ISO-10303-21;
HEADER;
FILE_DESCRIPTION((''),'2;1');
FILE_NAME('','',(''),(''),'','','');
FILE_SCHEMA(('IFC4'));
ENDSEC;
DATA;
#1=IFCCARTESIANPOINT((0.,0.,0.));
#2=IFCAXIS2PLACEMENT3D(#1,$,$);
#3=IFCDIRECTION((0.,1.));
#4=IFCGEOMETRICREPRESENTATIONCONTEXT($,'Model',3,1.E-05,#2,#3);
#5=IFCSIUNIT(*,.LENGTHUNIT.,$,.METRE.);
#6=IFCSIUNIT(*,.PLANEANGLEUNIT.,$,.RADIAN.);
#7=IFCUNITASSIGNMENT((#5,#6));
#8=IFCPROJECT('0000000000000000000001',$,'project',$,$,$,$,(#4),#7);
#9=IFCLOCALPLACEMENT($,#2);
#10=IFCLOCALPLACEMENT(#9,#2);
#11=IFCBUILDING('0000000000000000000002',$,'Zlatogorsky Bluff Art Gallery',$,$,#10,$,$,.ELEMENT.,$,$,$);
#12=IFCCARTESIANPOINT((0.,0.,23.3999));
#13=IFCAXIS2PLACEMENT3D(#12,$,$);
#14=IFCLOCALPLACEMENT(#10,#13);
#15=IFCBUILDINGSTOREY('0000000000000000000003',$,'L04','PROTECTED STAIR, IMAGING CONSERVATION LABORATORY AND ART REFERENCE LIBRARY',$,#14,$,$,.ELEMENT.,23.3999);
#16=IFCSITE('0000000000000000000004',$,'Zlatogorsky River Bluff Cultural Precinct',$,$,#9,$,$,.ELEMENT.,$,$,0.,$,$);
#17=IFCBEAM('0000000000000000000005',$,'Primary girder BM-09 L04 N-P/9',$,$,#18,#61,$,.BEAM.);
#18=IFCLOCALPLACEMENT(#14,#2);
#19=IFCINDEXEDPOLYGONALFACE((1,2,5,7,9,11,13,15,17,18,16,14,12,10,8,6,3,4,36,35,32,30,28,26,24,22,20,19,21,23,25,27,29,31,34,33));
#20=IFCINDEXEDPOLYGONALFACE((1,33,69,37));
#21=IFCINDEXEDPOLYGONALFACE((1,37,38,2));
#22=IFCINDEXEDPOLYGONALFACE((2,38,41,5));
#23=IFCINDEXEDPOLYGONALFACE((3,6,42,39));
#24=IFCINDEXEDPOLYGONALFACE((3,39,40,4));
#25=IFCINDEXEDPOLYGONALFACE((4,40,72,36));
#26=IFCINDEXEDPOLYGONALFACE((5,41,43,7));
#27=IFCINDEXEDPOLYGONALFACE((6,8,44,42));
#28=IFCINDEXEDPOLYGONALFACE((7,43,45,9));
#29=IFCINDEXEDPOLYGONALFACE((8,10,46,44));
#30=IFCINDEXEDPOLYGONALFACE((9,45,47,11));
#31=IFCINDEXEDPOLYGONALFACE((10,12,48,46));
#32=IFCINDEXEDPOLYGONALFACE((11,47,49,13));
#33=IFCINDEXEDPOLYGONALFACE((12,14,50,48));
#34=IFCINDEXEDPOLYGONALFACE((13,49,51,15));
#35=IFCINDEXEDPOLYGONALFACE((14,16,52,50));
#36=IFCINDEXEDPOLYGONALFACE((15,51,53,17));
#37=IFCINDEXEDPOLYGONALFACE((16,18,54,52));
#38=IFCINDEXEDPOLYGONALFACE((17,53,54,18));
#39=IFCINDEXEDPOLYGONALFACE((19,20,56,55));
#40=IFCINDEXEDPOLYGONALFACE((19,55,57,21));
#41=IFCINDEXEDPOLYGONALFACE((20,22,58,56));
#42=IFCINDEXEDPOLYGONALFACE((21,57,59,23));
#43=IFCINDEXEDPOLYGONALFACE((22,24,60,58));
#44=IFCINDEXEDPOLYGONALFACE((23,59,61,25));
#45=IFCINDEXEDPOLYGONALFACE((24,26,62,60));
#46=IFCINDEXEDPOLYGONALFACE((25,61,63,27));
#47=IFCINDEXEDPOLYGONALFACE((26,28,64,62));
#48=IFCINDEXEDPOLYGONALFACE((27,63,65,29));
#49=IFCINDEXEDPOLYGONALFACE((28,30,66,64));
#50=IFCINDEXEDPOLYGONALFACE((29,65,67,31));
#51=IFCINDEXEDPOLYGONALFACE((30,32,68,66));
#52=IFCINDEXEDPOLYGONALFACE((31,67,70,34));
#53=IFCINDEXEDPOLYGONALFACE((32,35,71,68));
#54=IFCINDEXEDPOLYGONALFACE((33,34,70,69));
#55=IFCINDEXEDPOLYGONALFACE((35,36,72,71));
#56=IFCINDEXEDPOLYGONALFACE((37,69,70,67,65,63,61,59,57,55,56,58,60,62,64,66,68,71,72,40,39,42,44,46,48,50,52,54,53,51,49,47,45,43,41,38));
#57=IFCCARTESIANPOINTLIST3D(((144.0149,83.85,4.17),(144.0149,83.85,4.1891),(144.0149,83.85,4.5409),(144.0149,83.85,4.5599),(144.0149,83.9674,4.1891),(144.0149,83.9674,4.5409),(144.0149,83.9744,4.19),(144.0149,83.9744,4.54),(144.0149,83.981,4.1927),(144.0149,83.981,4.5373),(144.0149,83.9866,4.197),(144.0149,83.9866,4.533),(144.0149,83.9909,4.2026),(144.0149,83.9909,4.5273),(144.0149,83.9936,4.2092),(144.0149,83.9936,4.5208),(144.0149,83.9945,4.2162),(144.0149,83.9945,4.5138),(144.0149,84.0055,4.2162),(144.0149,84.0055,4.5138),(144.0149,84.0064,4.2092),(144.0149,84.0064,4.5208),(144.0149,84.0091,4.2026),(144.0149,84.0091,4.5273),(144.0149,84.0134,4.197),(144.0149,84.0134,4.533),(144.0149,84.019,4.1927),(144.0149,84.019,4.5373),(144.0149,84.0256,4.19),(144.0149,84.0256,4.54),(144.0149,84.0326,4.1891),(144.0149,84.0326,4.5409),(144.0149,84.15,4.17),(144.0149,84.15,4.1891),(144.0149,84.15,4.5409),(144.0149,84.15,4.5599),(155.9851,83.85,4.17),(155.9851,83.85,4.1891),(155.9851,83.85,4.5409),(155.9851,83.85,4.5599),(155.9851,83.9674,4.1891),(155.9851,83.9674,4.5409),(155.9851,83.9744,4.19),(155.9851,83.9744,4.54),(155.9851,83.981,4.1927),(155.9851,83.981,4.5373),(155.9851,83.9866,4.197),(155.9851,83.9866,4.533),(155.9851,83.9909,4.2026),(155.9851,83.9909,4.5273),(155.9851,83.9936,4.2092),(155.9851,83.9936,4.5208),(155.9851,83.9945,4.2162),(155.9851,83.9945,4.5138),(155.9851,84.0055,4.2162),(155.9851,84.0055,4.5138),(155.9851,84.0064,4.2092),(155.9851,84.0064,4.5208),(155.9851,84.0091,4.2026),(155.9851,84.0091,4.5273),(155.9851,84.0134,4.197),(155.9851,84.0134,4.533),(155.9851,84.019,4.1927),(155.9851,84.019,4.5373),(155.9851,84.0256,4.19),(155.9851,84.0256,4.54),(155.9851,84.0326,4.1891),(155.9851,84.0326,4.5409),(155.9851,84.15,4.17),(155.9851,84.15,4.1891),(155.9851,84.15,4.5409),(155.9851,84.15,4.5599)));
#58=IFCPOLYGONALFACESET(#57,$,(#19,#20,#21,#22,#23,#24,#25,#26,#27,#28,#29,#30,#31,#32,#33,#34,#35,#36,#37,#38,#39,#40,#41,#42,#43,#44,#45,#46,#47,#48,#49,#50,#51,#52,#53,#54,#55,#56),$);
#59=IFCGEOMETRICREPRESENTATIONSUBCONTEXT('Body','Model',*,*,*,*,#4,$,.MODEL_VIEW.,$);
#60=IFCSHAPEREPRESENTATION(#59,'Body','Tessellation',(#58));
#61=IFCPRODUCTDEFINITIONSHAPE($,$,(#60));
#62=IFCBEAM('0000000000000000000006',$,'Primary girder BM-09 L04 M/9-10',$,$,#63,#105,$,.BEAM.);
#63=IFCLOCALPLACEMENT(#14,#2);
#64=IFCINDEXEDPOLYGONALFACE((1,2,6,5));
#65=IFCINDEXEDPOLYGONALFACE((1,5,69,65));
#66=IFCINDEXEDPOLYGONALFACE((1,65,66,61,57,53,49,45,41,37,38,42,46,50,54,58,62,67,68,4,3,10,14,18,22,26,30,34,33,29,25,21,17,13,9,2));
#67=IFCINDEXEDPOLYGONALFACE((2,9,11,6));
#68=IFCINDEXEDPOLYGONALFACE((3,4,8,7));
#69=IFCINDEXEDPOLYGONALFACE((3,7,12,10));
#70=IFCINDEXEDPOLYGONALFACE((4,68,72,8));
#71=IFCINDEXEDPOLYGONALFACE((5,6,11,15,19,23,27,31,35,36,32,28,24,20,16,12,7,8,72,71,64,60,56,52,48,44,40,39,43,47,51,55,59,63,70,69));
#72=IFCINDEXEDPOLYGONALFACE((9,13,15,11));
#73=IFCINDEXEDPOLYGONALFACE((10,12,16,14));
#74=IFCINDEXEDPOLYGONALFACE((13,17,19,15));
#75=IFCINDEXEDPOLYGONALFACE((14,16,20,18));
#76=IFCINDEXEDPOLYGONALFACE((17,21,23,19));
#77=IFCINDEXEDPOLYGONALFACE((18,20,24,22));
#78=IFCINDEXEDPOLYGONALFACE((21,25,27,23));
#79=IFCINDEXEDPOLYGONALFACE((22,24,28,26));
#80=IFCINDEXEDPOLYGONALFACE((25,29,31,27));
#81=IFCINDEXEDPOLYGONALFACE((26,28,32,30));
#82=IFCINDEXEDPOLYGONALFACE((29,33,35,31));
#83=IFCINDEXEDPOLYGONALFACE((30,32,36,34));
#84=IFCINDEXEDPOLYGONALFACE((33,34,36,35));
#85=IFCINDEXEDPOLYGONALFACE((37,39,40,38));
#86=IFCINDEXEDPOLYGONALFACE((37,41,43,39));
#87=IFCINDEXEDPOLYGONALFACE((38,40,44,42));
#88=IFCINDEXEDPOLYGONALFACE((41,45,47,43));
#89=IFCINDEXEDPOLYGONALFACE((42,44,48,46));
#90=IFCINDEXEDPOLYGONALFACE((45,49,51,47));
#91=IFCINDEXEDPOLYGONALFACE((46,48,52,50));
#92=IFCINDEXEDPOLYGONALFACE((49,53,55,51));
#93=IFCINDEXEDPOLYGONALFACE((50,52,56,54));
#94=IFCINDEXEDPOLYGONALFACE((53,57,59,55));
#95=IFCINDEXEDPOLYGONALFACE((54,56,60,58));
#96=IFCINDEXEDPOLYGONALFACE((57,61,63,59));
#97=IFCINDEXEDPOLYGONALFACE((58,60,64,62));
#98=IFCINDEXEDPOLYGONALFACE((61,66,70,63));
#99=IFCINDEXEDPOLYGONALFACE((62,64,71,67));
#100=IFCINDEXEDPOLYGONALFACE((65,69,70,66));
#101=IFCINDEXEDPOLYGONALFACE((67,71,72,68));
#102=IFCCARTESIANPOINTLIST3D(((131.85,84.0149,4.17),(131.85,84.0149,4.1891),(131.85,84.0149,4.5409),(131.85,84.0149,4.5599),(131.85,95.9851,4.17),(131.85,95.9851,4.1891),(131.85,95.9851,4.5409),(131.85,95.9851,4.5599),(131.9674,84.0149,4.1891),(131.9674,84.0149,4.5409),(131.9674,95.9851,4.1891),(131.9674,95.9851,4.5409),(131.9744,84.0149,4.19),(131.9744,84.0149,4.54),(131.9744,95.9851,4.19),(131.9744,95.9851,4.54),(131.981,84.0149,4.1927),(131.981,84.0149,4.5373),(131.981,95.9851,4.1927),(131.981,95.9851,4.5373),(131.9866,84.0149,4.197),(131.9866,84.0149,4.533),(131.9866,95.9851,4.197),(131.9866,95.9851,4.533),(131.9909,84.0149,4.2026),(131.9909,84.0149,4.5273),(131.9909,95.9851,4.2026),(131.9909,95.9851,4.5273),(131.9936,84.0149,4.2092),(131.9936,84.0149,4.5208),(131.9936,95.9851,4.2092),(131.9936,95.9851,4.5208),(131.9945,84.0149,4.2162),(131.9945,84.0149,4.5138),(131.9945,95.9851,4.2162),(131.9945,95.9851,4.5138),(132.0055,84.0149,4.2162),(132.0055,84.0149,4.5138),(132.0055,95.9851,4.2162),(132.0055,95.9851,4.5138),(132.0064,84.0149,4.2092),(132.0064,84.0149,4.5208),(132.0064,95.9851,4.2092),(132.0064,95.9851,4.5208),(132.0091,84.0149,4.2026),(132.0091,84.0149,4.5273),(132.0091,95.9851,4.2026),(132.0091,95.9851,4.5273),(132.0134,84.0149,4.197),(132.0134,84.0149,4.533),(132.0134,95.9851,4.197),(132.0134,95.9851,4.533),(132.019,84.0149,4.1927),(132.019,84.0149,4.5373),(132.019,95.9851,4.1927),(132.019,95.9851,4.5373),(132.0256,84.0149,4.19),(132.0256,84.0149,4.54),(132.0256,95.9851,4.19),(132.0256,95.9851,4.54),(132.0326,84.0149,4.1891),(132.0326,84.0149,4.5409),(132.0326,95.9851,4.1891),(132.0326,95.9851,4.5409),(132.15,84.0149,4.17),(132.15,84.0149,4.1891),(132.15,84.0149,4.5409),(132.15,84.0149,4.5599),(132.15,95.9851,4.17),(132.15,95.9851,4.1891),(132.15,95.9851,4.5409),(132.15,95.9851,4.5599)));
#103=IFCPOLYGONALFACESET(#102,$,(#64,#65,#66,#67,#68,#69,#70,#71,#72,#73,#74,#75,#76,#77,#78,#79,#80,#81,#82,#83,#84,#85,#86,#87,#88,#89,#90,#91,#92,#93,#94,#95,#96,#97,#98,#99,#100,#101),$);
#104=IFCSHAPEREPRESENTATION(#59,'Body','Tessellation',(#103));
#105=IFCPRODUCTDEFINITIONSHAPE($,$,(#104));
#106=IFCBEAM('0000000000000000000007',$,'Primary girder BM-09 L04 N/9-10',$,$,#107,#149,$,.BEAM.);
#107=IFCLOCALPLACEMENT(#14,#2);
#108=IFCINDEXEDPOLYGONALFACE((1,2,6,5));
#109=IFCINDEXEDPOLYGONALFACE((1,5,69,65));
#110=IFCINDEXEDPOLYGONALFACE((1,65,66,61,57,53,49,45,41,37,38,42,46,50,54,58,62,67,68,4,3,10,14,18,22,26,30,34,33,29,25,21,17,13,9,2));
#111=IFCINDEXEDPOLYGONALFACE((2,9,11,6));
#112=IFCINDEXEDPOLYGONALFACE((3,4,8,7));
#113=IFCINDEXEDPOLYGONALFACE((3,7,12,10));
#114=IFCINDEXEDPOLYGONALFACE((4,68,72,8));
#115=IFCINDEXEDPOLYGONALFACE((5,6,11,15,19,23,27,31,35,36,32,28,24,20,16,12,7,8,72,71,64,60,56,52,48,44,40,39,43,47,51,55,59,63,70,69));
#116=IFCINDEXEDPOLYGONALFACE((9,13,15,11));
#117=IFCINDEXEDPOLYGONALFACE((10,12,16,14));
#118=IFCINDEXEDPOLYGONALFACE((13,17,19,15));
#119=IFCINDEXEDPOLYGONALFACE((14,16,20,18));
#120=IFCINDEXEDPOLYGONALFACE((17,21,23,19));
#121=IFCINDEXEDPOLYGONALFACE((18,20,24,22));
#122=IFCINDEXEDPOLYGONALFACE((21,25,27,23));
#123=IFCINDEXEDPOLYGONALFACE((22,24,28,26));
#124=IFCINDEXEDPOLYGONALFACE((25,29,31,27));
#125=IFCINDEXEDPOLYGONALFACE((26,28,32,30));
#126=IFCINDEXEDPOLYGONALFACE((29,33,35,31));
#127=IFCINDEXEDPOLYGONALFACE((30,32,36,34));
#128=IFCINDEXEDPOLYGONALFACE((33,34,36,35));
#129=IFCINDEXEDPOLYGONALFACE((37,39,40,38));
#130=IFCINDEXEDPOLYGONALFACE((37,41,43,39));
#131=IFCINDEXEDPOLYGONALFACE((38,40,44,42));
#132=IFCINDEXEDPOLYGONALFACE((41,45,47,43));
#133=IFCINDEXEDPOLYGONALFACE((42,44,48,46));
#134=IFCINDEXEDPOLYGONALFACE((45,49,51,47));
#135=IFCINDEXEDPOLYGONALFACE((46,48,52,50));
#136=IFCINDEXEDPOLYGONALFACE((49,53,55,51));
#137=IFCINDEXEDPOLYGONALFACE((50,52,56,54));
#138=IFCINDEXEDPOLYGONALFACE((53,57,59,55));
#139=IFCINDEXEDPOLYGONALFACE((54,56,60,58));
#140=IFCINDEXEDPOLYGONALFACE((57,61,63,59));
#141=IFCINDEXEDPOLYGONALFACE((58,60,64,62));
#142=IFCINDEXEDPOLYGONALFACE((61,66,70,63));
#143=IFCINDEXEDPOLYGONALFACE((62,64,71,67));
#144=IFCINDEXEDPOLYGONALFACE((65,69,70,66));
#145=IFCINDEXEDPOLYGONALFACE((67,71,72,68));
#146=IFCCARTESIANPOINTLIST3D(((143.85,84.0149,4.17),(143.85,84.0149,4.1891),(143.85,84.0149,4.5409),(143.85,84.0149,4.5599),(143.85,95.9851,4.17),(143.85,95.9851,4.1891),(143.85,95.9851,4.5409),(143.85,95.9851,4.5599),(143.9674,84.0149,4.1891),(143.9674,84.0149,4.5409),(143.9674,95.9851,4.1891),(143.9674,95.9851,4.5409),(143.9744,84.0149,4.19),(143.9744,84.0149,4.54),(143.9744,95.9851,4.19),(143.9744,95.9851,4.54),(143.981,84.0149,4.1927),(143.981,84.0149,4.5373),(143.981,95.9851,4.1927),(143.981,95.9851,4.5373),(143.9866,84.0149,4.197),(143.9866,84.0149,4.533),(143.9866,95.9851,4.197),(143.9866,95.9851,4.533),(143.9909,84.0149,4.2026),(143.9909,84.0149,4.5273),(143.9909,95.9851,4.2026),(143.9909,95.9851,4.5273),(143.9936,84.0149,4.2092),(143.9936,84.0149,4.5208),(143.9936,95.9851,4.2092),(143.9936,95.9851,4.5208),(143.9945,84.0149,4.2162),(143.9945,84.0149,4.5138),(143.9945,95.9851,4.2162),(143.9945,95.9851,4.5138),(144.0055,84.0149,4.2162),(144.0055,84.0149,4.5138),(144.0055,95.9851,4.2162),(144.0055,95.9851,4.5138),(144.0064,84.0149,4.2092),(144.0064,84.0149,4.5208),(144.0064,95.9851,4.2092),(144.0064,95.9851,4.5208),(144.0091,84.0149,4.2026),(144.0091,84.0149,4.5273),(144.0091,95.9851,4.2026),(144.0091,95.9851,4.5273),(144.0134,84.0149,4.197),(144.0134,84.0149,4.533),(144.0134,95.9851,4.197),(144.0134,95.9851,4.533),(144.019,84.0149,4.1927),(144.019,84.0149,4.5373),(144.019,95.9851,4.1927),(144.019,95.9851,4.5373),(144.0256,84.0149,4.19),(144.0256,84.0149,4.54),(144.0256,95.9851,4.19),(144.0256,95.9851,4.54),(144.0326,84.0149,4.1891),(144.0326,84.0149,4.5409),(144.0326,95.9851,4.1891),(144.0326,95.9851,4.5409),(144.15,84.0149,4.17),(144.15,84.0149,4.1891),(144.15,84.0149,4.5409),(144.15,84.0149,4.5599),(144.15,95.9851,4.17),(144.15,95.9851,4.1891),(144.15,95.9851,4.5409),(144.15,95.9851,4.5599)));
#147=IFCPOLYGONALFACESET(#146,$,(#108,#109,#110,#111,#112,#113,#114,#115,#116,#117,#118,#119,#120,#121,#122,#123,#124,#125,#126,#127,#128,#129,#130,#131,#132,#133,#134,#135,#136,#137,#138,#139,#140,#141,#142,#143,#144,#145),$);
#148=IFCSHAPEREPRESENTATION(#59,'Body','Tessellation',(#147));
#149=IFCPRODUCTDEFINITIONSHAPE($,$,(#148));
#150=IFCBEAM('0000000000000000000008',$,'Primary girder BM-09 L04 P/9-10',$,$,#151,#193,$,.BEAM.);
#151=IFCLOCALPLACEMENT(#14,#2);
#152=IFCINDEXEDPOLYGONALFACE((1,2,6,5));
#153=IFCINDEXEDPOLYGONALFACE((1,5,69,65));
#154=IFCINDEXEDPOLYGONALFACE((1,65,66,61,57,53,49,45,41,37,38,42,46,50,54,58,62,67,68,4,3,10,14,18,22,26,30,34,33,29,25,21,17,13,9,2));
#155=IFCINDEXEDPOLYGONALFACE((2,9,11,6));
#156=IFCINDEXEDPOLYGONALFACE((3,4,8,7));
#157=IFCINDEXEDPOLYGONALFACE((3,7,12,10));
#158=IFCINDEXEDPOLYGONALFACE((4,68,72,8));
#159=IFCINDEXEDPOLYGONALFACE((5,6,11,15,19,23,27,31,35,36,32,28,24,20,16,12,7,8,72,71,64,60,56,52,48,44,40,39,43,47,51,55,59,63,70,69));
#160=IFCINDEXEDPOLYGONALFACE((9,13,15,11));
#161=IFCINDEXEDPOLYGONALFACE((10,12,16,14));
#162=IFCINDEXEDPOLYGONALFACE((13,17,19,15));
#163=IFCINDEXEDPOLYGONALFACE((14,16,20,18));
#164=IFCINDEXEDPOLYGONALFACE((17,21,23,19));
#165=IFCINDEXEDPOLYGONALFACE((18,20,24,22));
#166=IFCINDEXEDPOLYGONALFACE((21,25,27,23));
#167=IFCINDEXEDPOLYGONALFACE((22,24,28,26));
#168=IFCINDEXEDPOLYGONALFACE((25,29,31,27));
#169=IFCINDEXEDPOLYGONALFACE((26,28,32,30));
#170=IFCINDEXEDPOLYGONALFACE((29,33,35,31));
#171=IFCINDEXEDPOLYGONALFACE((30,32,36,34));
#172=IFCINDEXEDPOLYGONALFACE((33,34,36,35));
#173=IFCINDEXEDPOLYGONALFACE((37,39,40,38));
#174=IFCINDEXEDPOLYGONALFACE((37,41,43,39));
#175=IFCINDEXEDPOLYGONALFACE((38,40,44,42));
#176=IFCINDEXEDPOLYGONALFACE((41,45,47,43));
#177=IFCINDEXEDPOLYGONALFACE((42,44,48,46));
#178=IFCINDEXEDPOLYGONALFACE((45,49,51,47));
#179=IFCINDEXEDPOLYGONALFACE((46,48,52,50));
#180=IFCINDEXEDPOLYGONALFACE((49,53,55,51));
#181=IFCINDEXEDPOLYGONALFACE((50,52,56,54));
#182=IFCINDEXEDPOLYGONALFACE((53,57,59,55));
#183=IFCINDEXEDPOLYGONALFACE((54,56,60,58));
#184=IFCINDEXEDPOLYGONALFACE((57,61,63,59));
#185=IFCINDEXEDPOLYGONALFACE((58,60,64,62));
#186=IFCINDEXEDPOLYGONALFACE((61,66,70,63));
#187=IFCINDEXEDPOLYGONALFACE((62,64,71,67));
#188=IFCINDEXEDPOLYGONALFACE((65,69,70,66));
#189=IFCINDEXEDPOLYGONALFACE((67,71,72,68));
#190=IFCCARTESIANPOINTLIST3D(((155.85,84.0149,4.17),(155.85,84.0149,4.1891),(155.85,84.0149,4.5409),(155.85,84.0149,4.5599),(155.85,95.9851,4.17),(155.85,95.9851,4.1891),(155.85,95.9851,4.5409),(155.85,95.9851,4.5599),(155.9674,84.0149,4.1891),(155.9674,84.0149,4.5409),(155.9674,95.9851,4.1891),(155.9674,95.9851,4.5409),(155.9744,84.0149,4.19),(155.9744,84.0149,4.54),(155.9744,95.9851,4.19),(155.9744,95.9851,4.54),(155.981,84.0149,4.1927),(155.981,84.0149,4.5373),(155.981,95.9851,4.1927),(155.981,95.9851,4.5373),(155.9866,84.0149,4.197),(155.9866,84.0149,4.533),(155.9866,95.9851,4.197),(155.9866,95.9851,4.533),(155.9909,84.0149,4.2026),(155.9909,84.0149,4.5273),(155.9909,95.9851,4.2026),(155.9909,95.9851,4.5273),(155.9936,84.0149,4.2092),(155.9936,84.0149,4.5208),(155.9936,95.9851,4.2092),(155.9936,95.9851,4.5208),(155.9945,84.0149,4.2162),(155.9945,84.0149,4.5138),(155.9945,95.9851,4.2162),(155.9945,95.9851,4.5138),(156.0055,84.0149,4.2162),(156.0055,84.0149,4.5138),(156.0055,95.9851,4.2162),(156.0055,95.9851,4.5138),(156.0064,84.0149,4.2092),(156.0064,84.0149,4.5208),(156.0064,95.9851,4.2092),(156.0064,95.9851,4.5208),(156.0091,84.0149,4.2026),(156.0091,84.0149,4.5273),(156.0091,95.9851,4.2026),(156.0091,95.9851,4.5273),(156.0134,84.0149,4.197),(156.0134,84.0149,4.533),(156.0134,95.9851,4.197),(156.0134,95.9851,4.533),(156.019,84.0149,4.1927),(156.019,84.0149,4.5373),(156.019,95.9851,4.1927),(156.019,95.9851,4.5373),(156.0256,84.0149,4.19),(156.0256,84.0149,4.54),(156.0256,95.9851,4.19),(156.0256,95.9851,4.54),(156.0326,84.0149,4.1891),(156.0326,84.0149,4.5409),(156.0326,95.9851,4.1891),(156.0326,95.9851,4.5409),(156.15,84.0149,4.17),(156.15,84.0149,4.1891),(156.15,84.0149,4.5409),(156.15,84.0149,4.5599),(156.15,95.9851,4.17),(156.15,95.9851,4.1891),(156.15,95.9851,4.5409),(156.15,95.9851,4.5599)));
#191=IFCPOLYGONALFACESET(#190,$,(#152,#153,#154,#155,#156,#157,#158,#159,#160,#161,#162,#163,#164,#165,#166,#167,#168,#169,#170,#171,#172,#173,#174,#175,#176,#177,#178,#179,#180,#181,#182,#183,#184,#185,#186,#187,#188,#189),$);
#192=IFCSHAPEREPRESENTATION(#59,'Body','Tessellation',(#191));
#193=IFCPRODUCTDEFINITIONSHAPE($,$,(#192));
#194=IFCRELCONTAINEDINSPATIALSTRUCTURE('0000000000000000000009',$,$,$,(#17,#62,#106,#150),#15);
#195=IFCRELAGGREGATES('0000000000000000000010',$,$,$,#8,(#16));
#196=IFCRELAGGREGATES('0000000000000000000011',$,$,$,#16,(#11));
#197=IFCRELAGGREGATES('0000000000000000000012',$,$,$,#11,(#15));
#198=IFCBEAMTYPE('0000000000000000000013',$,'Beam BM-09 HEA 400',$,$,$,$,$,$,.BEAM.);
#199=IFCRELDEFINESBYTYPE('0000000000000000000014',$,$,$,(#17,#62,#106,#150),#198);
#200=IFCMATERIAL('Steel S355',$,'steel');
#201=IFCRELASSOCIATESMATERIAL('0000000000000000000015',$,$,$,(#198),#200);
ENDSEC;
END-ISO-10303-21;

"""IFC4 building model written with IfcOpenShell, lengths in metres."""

from ifc_helpers import new_model, si_unit, direction, frame, origin, origin_2d, place, context, subcontext, project, spatial, i_section, extrude, material, material_profile, profile_set, type_object, element, save


model = new_model("IFC4")

# Units and contexts
model_context = context("Model", 3, precision=1e-05, world=origin(), true_north=direction((0.0, 1.0)))
body_context = subcontext(model_context, "Body", "Model", "MODEL_VIEW")
ifc_project = project(units=[si_unit("LENGTHUNIT", "METRE"), si_unit("PLANEANGLEUNIT", "RADIAN")], contexts=[model_context])

# Site, building, storey
site_placement = place(None, origin())
site = spatial("IfcSite", under=ifc_project, at=site_placement, Name="Zlatogorsky River Bluff Cultural Precinct", CompositionType="ELEMENT", RefElevation=0.0)
building_placement = place(site_placement, origin())
building = spatial("IfcBuilding", under=site, at=building_placement, Name="Zlatogorsky Bluff Art Gallery", CompositionType="ELEMENT")
storey_placement = place(building_placement, frame((0.0, 0.0, 23.3999)))
storey = spatial("IfcBuildingStorey", under=building, at=storey_placement, Name="L04", Description="PROTECTED STAIR, IMAGING CONSERVATION LABORATORY AND ART REFERENCE LIBRARY", CompositionType="ELEMENT", Elevation=23.3999)

# Shared definitions
ifc_material_1 = material(Name="Steel S355", Category="steel")

# Beams
ifc_material_profile_1 = material_profile(ifc_material_1, i_section(OverallWidth=0.3, OverallDepth=0.3899, WebThickness=0.011, FlangeThickness=0.019, FilletRadius=0.0271, at=origin_2d()), Name="HEA 400")
ifc_profile_set_1 = profile_set([ifc_material_profile_1], Name="Steel S355")
beam_type_1 = type_object("IfcBeamType", Name="Beam BM-09 HEA 400", PredefinedType="BEAM", material=ifc_profile_set_1)
for number, where, z_axis, x_axis, name in (
    (1, (144.0149, 84.0, 4.365), (1.0, 0.0, 0.0), (0.0, 1.0, 0.0), "Primary girder BM-09 L04 N-P/9"),
    (2, (132.0, 84.0149, 4.365), (0.0, 1.0, 0.0), (-1.0, 0.0, 0.0), "Primary girder BM-09 L04 M/9-10"),
    (3, (144.0, 84.0149, 4.365), (0.0, 1.0, 0.0), (-1.0, 0.0, 0.0), "Primary girder BM-09 L04 N/9-10"),
    (4, (156.0, 84.0149, 4.365), (0.0, 1.0, 0.0), (-1.0, 0.0, 0.0), "Primary girder BM-09 L04 P/9-10"),
):
    element("IfcBeam", number, at=place(storey_placement, frame(where, z_axis=z_axis, x_axis=x_axis)), inside=storey, type_object=beam_type_1, Name=name, PredefinedType="BEAM", context=body_context, shape_type="SweptSolid", body=[
        extrude(i_section(OverallWidth=0.3, OverallDepth=0.3899, WebThickness=0.011, FlangeThickness=0.019, FilletRadius=0.0271, at=origin_2d()), origin(), (0.0, 0.0, 1.0), 11.9702),
    ])

save(model, "model.ifc")
